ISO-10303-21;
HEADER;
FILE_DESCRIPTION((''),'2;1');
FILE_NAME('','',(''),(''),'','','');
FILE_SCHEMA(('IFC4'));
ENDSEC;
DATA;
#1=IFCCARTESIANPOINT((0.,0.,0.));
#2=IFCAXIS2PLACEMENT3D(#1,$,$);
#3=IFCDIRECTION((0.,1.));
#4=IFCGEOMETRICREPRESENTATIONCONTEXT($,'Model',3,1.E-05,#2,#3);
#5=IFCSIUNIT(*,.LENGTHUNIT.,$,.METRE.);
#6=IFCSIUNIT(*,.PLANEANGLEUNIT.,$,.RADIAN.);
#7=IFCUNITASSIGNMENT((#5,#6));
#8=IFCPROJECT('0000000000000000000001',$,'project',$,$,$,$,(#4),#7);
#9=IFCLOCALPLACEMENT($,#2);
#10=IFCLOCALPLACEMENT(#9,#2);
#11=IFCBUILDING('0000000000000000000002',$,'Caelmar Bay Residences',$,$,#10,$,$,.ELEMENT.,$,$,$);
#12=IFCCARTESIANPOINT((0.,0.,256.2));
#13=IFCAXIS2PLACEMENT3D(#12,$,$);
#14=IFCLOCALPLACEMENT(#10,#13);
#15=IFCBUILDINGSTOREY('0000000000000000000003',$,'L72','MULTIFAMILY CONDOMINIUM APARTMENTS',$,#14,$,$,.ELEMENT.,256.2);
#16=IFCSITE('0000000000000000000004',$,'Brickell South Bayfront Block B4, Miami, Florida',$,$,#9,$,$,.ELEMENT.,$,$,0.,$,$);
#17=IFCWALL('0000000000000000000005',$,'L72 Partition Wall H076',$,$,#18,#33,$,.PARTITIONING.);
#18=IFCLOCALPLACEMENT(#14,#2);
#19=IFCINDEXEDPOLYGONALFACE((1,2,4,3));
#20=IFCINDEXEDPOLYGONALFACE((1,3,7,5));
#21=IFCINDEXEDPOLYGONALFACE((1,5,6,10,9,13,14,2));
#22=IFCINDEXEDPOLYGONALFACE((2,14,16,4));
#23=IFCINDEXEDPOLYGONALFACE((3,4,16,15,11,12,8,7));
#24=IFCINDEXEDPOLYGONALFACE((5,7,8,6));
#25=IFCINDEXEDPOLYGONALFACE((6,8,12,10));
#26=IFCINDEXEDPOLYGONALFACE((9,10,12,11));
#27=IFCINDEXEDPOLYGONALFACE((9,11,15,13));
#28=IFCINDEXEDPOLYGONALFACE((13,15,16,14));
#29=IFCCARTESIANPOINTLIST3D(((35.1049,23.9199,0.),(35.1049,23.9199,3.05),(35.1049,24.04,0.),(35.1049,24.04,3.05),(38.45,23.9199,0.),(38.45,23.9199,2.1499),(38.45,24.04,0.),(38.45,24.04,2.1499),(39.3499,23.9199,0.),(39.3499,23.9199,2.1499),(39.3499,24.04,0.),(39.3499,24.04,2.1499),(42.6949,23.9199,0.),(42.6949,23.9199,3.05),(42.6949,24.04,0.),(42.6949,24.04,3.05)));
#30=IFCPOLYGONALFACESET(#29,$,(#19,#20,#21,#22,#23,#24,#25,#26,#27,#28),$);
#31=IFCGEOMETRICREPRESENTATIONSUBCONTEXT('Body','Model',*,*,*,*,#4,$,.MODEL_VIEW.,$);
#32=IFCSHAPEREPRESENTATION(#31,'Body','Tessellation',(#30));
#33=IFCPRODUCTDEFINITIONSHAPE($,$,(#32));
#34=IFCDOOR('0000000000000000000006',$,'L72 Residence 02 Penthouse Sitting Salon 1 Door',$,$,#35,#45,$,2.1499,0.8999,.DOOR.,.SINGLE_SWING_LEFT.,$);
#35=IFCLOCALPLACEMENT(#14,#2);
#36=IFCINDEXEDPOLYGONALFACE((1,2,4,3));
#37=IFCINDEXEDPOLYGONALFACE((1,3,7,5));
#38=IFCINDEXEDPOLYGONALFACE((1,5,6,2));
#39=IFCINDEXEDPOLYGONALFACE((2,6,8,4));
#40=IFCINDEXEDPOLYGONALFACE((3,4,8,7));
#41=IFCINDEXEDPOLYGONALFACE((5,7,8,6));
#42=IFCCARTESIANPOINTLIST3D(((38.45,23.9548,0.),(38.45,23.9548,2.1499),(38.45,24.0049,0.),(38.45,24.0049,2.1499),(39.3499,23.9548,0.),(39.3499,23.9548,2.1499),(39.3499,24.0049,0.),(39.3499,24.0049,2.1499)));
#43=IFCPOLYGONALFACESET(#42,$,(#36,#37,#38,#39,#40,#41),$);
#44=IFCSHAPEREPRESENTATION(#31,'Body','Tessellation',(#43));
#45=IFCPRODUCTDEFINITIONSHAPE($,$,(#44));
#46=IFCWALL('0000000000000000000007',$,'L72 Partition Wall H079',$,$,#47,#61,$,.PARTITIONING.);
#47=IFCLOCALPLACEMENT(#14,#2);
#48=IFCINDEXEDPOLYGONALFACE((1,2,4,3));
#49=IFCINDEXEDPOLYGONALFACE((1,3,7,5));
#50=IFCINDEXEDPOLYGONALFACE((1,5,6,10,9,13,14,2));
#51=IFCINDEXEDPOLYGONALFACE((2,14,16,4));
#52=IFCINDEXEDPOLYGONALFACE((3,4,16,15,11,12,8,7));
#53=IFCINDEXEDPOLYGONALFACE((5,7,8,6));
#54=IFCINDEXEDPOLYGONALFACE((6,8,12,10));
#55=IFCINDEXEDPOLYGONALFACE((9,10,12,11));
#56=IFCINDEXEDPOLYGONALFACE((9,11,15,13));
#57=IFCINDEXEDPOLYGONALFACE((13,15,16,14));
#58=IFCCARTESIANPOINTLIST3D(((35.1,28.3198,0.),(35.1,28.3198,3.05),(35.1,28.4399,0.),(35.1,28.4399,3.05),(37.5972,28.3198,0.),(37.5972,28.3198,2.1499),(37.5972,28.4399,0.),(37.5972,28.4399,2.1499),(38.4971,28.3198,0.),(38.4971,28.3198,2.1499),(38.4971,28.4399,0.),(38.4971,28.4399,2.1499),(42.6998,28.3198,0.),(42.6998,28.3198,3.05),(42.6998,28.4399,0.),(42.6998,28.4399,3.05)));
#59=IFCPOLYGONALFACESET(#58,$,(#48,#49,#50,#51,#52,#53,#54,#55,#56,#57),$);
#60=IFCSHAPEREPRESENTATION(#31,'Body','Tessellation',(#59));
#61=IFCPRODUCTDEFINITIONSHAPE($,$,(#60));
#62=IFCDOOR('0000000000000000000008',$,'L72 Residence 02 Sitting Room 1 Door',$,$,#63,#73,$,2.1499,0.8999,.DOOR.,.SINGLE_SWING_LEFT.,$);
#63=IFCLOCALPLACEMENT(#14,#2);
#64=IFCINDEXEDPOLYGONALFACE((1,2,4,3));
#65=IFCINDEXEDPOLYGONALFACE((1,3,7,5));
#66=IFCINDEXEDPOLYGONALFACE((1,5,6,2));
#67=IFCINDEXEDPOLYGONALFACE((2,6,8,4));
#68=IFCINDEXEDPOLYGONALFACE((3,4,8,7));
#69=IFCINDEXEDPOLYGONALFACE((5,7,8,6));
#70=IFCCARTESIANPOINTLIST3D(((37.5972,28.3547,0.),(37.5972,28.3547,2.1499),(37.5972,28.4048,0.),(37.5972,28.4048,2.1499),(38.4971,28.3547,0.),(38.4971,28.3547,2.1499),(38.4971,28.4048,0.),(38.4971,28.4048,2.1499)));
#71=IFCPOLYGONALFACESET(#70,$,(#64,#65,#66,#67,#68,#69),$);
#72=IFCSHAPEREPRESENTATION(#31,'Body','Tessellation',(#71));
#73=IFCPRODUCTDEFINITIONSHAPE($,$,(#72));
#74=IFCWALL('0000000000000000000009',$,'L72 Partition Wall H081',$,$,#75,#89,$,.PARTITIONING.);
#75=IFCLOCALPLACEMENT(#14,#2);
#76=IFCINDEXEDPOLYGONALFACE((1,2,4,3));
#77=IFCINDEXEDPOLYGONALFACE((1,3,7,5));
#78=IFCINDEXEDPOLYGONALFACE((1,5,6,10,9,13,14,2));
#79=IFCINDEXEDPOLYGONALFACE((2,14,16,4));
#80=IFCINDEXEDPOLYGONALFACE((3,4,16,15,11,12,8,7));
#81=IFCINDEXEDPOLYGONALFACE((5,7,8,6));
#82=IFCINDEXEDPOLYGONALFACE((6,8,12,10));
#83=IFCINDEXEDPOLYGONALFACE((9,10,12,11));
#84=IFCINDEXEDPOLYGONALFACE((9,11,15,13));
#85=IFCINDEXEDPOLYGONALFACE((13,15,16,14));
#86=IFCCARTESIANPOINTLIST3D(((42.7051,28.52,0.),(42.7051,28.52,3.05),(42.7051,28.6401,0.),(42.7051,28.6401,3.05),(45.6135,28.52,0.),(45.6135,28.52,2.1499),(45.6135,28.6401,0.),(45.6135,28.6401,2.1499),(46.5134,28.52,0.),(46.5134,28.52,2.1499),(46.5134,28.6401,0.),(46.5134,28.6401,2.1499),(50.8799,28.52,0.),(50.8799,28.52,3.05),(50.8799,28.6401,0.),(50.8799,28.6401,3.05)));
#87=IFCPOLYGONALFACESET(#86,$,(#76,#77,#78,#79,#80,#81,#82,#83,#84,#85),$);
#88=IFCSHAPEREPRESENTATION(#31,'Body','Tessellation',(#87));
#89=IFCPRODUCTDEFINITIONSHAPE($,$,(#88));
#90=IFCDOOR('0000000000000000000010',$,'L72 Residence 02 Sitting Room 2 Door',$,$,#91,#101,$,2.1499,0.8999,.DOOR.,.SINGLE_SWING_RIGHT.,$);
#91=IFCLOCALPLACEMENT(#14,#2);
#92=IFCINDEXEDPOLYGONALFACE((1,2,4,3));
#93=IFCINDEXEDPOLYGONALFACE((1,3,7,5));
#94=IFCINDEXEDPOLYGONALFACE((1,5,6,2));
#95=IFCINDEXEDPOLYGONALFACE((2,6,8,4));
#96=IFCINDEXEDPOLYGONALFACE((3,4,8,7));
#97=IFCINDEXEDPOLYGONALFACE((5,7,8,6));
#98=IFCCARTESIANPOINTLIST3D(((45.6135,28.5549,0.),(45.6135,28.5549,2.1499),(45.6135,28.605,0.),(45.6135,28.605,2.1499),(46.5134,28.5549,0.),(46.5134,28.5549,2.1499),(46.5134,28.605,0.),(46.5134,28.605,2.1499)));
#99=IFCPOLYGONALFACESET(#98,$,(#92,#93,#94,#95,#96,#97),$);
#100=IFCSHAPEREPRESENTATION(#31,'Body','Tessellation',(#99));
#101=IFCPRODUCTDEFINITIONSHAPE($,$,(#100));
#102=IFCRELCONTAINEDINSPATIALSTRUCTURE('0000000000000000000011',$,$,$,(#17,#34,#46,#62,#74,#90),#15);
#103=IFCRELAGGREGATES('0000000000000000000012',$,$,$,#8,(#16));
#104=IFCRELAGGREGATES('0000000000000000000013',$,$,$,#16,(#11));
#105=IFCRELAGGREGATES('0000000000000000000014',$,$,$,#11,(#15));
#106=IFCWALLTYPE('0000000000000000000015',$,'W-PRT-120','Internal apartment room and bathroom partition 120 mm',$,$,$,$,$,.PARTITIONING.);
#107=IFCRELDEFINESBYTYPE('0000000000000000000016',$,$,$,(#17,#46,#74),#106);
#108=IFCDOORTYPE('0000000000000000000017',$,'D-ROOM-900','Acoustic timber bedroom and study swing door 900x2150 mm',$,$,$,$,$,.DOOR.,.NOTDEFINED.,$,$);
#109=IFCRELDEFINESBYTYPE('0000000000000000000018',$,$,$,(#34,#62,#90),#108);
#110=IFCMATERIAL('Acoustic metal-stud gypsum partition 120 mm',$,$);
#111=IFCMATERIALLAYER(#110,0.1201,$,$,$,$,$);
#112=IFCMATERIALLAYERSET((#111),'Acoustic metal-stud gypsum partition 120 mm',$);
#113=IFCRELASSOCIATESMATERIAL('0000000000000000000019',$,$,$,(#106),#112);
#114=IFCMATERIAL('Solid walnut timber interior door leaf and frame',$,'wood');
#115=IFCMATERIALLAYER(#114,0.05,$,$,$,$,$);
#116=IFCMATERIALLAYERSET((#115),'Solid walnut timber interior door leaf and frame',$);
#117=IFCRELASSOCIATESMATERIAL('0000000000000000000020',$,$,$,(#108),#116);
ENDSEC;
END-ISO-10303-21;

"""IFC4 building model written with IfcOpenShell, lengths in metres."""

from ifc_helpers import new_model, si_unit, direction, frame, frame_2d, origin, place, context, subcontext, project, spatial, rectangle, extrude, material, layer, layer_set, type_object, element, fill, save


model = new_model("IFC4")

# Units and contexts
model_context = context("Model", 3, precision=1e-05, world=origin(), true_north=direction((0.0, 1.0)))
body_context = subcontext(model_context, "Body", "Model", "MODEL_VIEW")
ifc_project = project(units=[si_unit("LENGTHUNIT", "METRE"), si_unit("PLANEANGLEUNIT", "RADIAN")], contexts=[model_context])

# Site, building, storey
site_placement = place(None, origin())
site = spatial("IfcSite", under=ifc_project, at=site_placement, Name="Brickell South Bayfront Block B4, Miami, Florida", CompositionType="ELEMENT", RefElevation=0.0)
building_placement = place(site_placement, origin())
building = spatial("IfcBuilding", under=site, at=building_placement, Name="Caelmar Bay Residences", CompositionType="ELEMENT")
storey_placement = place(building_placement, frame((0.0, 0.0, 256.2)))
storey = spatial("IfcBuildingStorey", under=building, at=storey_placement, Name="L72", Description="MULTIFAMILY CONDOMINIUM APARTMENTS", CompositionType="ELEMENT", Elevation=256.2)

# Shared definitions
ifc_material_1 = material(Name="Acoustic metal-stud gypsum partition 120 mm")
ifc_layer_1 = layer(ifc_material_1, 0.1201)
ifc_layer_set_1 = layer_set([ifc_layer_1], Name="Acoustic metal-stud gypsum partition 120 mm")
wall_type = type_object("IfcWallType", Name="W-PRT-120", Description="Internal apartment room and bathroom partition 120 mm", PredefinedType="PARTITIONING", material=ifc_layer_set_1)
ifc_material_2 = material(Name="Solid walnut timber interior door leaf and frame", Category="wood")
ifc_layer_2 = layer(ifc_material_2, 0.05)
ifc_layer_set_2 = layer_set([ifc_layer_2], Name="Solid walnut timber interior door leaf and frame")
door_type_1 = type_object("IfcDoorType", Name="D-ROOM-900", Description="Acoustic timber bedroom and study swing door 900x2150 mm", OperationType="NOTDEFINED", PredefinedType="DOOR", material=ifc_layer_set_2)

# Walls, openings, doors
wall_1_placement = place(storey_placement, frame((35.105, 23.98, 0.0), z_axis=(0.0, 0.0, 1.0), x_axis=(1.0, 0.0, 0.0)))
wall_1 = element("IfcWall", 1, at=wall_1_placement, inside=storey, type_object=wall_type, Name="L72 Partition Wall H076", PredefinedType="PARTITIONING", context=body_context, shape_type="SweptSolid", body=[
    extrude(rectangle(XDim=7.5901, YDim=0.1201, at=frame_2d((3.7949, 0.0))), origin(), (0.0, 0.0, 1.0), 3.05),
])
opening_1_placement = place(wall_1_placement, frame((3.345, 0.0, 0.0)))
opening_1 = element("IfcOpeningElement", 2, at=opening_1_placement, cuts=wall_1, PredefinedType="OPENING", context=body_context, shape_type="SweptSolid", body=[
    extrude(rectangle(XDim=0.8999, YDim=2.1499, at=frame_2d((0.45, 1.075))), frame((0.0, 0.0701, 0.0), z_axis=(0.0, -1.0, 0.0), x_axis=(1.0, 0.0, 0.0)), (0.0, 0.0, 1.0), 0.1401),
])
door_1_placement = place(opening_1_placement, origin())
door_1 = element("IfcDoor", 3, at=door_1_placement, inside=storey, type_object=door_type_1, Name="L72 Residence 02 Penthouse Sitting Salon 1 Door", OperationType="SINGLE_SWING_LEFT", OverallHeight=2.1499, OverallWidth=0.8999, PredefinedType="DOOR", context=body_context, shape_type="SweptSolid", body=[
    extrude(rectangle(XDim=0.8999, YDim=2.1499, at=frame_2d((0.45, 1.075))), frame((0.0, 0.0249, 0.0), z_axis=(0.0, -1.0, 0.0), x_axis=(1.0, 0.0, 0.0)), (0.0, 0.0, 1.0), 0.05),
])
fill(opening_1, door_1)
wall_2_placement = place(storey_placement, frame((35.1001, 28.3799, 0.0), z_axis=(0.0, 0.0, 1.0), x_axis=(1.0, 0.0, 0.0)))
wall_2 = element("IfcWall", 4, at=wall_2_placement, inside=storey, type_object=wall_type, Name="L72 Partition Wall H079", PredefinedType="PARTITIONING", context=body_context, shape_type="SweptSolid", body=[
    extrude(rectangle(XDim=7.5999, YDim=0.1201, at=frame_2d((3.7998, 0.0))), origin(), (0.0, 0.0, 1.0), 3.05),
])
opening_2_placement = place(wall_2_placement, frame((2.4971, 0.0, 0.0)))
opening_2 = element("IfcOpeningElement", 5, at=opening_2_placement, cuts=wall_2, PredefinedType="OPENING", context=body_context, shape_type="SweptSolid", body=[
    extrude(rectangle(XDim=0.8999, YDim=2.1499, at=frame_2d((0.45, 1.075))), frame((0.0, 0.0701, 0.0), z_axis=(0.0, -1.0, 0.0), x_axis=(1.0, 0.0, 0.0)), (0.0, 0.0, 1.0), 0.1401),
])
door_2_placement = place(opening_2_placement, origin())
door_2 = element("IfcDoor", 6, at=door_2_placement, inside=storey, type_object=door_type_1, Name="L72 Residence 02 Sitting Room 1 Door", OperationType="SINGLE_SWING_LEFT", OverallHeight=2.1499, OverallWidth=0.8999, PredefinedType="DOOR", context=body_context, shape_type="SweptSolid", body=[
    extrude(rectangle(XDim=0.8999, YDim=2.1499, at=frame_2d((0.45, 1.075))), frame((0.0, 0.0249, 0.0), z_axis=(0.0, -1.0, 0.0), x_axis=(1.0, 0.0, 0.0)), (0.0, 0.0, 1.0), 0.05),
])
fill(opening_2, door_2)
wall_3_placement = place(storey_placement, frame((42.7051, 28.5801, 0.0), z_axis=(0.0, 0.0, 1.0), x_axis=(1.0, 0.0, 0.0)))
wall_3 = element("IfcWall", 7, at=wall_3_placement, inside=storey, type_object=wall_type, Name="L72 Partition Wall H081", PredefinedType="PARTITIONING", context=body_context, shape_type="SweptSolid", body=[
    extrude(rectangle(XDim=8.1748, YDim=0.1201, at=frame_2d((4.0874, 0.0))), origin(), (0.0, 0.0, 1.0), 3.05),
])
opening_3_placement = place(wall_3_placement, frame((2.9084, 0.0, 0.0)))
opening_3 = element("IfcOpeningElement", 8, at=opening_3_placement, cuts=wall_3, PredefinedType="OPENING", context=body_context, shape_type="SweptSolid", body=[
    extrude(rectangle(XDim=0.8999, YDim=2.1499, at=frame_2d((0.45, 1.075))), frame((0.0, 0.0701, 0.0), z_axis=(0.0, -1.0, 0.0), x_axis=(1.0, 0.0, 0.0)), (0.0, 0.0, 1.0), 0.1401),
])
door_3_placement = place(opening_3_placement, origin())
door_3 = element("IfcDoor", 9, at=door_3_placement, inside=storey, type_object=door_type_1, Name="L72 Residence 02 Sitting Room 2 Door", OperationType="SINGLE_SWING_RIGHT", OverallHeight=2.1499, OverallWidth=0.8999, PredefinedType="DOOR", context=body_context, shape_type="SweptSolid", body=[
    extrude(rectangle(XDim=0.8999, YDim=2.1499, at=frame_2d((0.45, 1.075))), frame((0.0, 0.0249, 0.0), z_axis=(0.0, -1.0, 0.0), x_axis=(1.0, 0.0, 0.0)), (0.0, 0.0, 1.0), 0.05),
])
fill(opening_3, door_3)

save(model, "model.ifc")
